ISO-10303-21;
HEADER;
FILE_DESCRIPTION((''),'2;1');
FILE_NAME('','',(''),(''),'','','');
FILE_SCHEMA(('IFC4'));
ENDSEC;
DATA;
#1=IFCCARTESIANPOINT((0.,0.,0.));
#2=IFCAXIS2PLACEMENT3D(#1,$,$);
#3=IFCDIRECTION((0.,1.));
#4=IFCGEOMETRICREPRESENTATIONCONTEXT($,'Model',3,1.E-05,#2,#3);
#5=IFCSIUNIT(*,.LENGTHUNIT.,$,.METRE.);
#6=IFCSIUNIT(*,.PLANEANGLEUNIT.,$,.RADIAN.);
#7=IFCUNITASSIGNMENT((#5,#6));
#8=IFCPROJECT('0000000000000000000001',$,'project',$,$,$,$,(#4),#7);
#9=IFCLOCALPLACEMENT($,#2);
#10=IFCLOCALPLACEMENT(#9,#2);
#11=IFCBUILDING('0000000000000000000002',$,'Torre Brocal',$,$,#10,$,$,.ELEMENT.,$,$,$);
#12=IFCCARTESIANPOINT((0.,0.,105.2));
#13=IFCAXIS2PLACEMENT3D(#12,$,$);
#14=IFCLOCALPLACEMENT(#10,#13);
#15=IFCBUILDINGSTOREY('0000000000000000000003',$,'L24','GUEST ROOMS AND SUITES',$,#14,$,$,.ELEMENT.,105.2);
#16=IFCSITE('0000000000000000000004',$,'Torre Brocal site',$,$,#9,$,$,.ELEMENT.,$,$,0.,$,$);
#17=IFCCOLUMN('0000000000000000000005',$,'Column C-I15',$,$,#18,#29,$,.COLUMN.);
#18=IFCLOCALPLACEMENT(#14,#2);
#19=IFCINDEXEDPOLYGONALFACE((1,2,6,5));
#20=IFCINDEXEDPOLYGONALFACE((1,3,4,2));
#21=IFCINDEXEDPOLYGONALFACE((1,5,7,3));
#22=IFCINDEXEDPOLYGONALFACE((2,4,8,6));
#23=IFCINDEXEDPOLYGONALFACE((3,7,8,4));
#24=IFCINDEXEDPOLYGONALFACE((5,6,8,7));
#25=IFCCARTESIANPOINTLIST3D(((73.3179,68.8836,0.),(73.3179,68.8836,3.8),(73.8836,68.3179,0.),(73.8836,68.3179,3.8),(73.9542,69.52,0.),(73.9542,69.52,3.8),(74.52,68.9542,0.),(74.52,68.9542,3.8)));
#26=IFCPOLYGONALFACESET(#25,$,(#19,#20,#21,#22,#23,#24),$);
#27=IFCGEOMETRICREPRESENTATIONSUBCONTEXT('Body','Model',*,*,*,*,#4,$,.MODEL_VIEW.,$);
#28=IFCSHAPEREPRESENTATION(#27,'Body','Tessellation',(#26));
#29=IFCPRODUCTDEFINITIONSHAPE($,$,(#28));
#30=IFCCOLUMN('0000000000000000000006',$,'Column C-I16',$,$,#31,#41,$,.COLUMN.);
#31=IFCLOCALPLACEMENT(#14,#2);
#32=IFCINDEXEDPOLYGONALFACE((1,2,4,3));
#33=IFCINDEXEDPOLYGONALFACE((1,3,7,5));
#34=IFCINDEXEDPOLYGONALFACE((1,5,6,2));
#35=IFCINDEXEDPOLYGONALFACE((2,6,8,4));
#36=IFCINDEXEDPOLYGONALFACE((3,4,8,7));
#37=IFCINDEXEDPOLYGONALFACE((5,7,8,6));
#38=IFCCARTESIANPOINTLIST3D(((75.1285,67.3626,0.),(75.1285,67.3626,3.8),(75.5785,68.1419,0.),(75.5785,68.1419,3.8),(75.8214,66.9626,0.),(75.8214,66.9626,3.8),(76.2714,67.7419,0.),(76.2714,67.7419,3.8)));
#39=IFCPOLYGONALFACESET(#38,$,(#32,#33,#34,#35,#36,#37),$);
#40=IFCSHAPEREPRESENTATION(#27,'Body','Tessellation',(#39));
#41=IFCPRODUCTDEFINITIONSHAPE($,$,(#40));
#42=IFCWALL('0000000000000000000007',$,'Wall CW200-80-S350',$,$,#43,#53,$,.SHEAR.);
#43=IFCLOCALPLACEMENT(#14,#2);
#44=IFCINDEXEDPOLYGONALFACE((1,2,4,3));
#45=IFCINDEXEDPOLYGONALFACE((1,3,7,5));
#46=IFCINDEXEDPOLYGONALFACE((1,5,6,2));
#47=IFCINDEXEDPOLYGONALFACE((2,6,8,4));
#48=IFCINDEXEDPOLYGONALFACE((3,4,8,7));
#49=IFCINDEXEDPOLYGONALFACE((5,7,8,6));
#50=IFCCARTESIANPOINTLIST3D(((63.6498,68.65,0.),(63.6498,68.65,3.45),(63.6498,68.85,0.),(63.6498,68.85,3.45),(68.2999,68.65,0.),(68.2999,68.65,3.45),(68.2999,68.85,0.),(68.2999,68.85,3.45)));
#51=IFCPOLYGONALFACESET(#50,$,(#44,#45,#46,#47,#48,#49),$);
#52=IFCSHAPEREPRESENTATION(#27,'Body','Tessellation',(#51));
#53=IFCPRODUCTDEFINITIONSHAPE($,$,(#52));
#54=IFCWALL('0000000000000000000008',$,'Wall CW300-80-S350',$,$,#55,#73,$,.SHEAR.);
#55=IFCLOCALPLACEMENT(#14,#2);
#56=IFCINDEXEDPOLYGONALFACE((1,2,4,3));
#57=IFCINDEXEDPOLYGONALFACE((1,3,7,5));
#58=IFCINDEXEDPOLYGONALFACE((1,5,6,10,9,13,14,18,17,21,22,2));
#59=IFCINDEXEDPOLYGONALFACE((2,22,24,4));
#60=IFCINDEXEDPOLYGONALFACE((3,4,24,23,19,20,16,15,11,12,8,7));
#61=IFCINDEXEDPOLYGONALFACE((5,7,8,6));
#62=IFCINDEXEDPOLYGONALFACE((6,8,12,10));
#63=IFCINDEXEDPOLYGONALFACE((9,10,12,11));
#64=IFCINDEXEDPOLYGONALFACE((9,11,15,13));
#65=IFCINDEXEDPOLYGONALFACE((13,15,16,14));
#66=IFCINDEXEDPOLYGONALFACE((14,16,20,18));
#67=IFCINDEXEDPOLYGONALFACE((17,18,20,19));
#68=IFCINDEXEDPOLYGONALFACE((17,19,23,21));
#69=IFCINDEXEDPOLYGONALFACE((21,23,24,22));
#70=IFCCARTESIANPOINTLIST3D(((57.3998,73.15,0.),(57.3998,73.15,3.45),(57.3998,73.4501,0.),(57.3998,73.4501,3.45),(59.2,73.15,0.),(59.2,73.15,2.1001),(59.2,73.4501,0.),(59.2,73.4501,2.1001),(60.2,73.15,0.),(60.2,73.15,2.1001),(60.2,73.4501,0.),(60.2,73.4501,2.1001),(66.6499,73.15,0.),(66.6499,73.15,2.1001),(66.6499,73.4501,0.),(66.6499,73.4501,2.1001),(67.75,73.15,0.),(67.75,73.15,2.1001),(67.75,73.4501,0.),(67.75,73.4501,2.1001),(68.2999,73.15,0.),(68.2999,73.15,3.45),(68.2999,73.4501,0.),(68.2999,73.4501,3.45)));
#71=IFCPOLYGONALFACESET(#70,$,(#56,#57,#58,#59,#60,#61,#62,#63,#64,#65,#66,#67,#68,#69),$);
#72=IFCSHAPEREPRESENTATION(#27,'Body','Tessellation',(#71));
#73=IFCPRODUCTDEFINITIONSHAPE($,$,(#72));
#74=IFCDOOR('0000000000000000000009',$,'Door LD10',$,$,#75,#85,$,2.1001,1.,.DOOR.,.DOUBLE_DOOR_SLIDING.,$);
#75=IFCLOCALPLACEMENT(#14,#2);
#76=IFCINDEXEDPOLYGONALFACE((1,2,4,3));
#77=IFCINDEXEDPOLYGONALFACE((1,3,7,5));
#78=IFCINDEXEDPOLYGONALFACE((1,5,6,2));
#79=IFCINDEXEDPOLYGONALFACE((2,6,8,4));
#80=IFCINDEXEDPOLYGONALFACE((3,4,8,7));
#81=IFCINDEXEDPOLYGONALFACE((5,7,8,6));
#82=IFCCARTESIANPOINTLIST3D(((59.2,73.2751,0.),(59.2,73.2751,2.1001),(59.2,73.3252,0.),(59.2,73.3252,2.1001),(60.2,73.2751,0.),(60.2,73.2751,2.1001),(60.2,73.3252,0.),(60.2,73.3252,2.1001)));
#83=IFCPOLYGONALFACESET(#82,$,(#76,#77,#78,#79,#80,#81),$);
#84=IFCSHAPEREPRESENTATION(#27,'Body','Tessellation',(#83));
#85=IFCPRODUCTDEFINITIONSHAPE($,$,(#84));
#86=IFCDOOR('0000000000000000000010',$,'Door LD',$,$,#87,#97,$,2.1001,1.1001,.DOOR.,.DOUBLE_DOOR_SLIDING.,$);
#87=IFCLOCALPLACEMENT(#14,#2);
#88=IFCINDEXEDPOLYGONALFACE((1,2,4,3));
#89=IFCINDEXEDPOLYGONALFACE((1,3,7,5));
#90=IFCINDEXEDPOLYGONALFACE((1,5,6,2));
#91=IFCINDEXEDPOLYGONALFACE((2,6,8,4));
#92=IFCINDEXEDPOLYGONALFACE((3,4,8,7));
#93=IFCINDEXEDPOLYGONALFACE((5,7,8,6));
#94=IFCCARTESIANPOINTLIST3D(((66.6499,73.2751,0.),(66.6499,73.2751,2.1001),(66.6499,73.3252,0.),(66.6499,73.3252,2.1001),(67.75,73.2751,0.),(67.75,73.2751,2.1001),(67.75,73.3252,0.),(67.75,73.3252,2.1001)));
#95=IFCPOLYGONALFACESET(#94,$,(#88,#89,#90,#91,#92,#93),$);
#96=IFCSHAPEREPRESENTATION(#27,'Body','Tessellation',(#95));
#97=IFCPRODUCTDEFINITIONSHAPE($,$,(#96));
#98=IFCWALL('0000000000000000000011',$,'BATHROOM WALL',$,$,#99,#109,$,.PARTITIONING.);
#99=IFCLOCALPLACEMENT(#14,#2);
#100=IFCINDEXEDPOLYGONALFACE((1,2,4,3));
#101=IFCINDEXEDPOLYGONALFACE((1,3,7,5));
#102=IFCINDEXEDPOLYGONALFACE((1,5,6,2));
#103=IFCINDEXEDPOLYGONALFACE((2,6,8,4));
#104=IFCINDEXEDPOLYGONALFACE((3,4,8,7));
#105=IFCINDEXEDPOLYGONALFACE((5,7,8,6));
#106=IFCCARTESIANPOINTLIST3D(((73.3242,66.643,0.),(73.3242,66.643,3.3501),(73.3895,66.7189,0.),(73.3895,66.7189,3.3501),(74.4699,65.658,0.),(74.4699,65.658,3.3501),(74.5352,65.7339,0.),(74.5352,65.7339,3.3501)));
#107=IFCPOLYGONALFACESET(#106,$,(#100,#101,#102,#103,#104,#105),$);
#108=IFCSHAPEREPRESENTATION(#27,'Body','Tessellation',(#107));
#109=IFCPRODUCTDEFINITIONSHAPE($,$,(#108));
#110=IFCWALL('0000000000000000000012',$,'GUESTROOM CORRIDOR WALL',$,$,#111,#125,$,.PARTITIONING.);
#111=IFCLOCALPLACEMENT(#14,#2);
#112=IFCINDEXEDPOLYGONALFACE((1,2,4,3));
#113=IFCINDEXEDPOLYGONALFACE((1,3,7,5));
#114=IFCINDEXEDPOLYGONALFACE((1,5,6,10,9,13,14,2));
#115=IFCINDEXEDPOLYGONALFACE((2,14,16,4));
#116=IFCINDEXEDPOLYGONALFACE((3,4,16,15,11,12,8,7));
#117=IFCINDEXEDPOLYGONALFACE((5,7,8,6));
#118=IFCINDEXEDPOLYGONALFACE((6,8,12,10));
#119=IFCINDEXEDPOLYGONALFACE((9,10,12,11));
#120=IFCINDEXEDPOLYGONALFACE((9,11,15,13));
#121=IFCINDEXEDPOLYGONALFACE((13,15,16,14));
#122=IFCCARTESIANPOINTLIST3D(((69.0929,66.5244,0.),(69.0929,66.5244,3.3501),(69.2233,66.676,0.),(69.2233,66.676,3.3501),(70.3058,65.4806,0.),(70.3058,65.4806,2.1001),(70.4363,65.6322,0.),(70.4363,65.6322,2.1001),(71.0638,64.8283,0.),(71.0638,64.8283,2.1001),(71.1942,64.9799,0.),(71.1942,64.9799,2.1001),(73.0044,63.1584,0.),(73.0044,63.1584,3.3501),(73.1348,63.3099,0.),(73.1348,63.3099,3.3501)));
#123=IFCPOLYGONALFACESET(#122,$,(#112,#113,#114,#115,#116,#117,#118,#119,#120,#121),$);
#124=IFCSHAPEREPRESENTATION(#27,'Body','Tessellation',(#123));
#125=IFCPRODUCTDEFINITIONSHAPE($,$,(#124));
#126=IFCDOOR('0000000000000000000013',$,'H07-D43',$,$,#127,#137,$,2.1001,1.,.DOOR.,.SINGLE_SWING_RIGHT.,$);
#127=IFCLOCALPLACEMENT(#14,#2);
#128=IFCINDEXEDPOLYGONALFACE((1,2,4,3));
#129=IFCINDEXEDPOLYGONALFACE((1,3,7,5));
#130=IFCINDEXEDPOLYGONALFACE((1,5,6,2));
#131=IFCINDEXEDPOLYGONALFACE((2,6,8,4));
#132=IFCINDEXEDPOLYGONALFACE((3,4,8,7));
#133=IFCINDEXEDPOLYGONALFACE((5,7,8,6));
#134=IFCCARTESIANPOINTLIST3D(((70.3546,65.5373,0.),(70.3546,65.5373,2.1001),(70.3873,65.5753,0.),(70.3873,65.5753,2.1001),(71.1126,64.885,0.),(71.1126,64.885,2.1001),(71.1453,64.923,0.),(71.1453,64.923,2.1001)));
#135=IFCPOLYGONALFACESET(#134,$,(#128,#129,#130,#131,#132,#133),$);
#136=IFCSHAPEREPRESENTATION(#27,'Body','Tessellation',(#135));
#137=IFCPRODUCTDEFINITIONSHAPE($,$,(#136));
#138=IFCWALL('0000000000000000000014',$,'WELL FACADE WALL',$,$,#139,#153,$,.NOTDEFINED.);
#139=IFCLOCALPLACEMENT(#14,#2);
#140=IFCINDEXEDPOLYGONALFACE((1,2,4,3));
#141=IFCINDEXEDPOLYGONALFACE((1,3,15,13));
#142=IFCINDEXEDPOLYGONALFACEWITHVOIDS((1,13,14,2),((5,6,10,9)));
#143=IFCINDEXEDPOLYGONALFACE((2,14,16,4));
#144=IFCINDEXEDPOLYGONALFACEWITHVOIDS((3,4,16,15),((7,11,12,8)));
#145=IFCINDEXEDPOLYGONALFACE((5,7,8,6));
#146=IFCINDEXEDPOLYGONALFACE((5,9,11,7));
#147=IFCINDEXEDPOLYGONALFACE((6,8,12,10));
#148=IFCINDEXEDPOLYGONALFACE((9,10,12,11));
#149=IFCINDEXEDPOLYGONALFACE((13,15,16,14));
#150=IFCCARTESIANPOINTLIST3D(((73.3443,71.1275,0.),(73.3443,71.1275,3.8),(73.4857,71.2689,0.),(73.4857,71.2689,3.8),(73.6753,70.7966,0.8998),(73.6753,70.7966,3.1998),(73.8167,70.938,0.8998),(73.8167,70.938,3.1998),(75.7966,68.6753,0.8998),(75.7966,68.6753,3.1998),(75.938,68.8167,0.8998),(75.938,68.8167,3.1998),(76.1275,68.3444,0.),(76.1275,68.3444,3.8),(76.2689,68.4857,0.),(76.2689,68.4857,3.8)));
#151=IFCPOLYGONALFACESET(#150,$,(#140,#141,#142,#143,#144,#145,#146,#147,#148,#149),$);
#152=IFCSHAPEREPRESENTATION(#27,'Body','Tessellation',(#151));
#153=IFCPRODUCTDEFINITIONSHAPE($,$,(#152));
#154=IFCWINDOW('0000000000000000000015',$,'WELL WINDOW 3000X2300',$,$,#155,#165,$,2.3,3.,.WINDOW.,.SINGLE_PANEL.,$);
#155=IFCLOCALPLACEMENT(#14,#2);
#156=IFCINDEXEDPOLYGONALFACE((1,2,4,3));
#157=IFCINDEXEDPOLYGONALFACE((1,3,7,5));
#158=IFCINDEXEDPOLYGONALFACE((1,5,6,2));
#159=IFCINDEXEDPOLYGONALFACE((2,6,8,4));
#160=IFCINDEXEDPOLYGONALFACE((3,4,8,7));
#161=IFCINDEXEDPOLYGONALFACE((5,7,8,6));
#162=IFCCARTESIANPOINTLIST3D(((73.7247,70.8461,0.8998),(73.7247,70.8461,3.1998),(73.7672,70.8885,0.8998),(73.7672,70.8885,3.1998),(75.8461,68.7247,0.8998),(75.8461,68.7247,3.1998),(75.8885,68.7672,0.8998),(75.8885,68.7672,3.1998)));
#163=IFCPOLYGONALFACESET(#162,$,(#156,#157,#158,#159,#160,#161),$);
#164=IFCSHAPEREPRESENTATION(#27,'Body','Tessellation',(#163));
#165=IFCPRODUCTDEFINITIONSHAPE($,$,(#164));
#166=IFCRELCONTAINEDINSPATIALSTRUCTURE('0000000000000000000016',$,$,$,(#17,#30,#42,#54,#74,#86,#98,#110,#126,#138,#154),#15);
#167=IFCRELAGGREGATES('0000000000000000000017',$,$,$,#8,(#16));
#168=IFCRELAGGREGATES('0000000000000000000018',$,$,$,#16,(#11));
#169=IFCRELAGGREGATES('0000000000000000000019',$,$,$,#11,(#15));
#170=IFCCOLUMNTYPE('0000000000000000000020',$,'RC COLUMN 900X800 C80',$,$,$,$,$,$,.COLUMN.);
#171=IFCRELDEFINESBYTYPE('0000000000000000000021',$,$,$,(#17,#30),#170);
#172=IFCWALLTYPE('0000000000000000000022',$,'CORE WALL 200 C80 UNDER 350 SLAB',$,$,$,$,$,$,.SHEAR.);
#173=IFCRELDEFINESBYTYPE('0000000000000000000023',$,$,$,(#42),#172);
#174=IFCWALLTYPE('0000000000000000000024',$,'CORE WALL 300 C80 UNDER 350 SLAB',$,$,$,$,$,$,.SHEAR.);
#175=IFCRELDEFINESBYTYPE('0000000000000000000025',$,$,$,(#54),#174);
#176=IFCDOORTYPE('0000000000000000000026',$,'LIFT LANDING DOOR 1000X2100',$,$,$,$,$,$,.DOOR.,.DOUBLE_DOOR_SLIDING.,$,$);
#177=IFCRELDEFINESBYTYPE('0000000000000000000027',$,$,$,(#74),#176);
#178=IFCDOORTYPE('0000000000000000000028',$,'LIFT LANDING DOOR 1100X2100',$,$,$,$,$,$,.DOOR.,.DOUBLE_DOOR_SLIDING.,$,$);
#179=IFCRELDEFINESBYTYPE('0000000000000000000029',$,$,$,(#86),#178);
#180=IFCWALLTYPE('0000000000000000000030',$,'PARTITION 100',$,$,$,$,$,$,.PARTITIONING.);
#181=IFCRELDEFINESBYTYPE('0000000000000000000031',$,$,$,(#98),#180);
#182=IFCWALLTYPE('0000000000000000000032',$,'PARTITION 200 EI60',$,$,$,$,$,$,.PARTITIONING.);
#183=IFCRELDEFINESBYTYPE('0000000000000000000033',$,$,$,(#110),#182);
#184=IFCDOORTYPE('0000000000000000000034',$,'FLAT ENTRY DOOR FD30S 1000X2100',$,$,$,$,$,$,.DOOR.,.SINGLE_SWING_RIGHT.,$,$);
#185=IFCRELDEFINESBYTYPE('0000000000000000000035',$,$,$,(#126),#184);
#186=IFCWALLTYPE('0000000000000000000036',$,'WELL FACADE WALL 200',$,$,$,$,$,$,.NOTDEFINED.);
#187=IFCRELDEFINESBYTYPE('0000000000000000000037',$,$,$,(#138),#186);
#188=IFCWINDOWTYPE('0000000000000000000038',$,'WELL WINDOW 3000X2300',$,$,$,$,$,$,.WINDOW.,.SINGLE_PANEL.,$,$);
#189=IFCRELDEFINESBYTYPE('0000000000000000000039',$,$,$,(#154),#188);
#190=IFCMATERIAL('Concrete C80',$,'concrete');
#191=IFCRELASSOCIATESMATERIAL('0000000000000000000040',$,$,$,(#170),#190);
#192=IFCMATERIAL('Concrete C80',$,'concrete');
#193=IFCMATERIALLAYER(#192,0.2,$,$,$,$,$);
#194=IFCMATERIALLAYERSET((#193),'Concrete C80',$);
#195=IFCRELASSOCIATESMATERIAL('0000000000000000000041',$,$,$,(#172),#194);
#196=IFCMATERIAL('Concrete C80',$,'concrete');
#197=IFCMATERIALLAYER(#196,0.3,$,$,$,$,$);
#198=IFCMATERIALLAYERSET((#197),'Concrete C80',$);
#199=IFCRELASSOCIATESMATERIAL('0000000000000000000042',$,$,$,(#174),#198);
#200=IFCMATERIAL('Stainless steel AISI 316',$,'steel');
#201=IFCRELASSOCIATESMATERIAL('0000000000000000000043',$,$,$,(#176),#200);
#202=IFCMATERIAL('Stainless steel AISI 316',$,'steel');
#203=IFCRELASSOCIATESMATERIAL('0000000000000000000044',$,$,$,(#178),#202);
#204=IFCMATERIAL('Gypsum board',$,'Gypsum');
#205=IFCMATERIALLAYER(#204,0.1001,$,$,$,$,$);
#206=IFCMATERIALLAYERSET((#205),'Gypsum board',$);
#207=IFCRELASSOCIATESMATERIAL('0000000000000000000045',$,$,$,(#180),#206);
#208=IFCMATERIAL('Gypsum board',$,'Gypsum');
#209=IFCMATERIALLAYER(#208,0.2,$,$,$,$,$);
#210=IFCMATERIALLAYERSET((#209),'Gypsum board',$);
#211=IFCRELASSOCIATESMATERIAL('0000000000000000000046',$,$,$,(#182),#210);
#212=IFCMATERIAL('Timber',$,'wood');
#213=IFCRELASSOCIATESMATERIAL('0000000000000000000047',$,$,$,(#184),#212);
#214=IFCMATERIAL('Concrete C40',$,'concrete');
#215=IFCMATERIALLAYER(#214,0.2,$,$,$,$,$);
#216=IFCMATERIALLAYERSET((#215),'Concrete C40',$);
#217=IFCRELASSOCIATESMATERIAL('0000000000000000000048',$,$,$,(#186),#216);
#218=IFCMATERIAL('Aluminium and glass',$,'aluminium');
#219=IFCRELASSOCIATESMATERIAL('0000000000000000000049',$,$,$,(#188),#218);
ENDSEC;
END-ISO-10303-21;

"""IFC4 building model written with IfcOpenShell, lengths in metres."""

from ifc_helpers import new_model, si_unit, direction, frame, frame_2d, origin, origin_2d, place, context, subcontext, project, spatial, rectangle, extrude, material, layer, layer_set, material_profile, profile_set, type_object, element, fill, save


model = new_model("IFC4")

# Units and contexts
model_context = context("Model", 3, precision=1e-05, world=origin(), true_north=direction((0.0, 1.0)))
body_context = subcontext(model_context, "Body", "Model", "MODEL_VIEW")
ifc_project = project(units=[si_unit("LENGTHUNIT", "METRE"), si_unit("PLANEANGLEUNIT", "RADIAN")], contexts=[model_context])

# Site, building, storey
site_placement = place(None, origin())
site = spatial("IfcSite", under=ifc_project, at=site_placement, Name="Torre Brocal site", CompositionType="ELEMENT", RefElevation=0.0)
building_placement = place(site_placement, origin())
building = spatial("IfcBuilding", under=site, at=building_placement, Name="Torre Brocal", CompositionType="ELEMENT")
storey_placement = place(building_placement, frame((0.0, 0.0, 105.2)))
storey = spatial("IfcBuildingStorey", under=building, at=storey_placement, Name="L24", Description="GUEST ROOMS AND SUITES", CompositionType="ELEMENT", Elevation=105.2)

# Columns
ifc_material_1 = material(Name="Concrete C80", Category="concrete")
ifc_material_profile = material_profile(ifc_material_1, rectangle(XDim=0.8999, YDim=0.8, at=origin_2d()), Name="RC 900X800")
ifc_profile_set = profile_set([ifc_material_profile], Name="Concrete C80")
column_type = type_object("IfcColumnType", Name="RC COLUMN 900X800 C80", PredefinedType="COLUMN", material=ifc_profile_set)
for number, where, z_axis, x_axis, name in (
    (1, (73.9189, 68.9189, 0.0), (0.0, 0.0, 1.0), (-0.707107, -0.707107, 0.0), "Column C-I15"),
    (2, (75.7, 67.5522, 0.0), (0.0, 0.0, 1.0), (-0.5, -0.866025, 0.0), "Column C-I16"),
):
    element("IfcColumn", number, at=place(storey_placement, frame(where, z_axis=z_axis, x_axis=x_axis)), inside=storey, type_object=column_type, Name=name, PredefinedType="COLUMN", context=body_context, shape_type="SweptSolid", body=[
        extrude(rectangle(XDim=0.8999, YDim=0.8, at=origin_2d()), origin(), (0.0, 0.0, 1.0), 3.8),
    ])

# Wall
ifc_material_2 = material(Name="Concrete C80", Category="concrete")
ifc_layer_1 = layer(ifc_material_2, 0.2)
ifc_layer_set_1 = layer_set([ifc_layer_1], Name="Concrete C80")
wall_type_1 = type_object("IfcWallType", Name="CORE WALL 200 C80 UNDER 350 SLAB", PredefinedType="SHEAR", material=ifc_layer_set_1)
wall_1_placement = place(storey_placement, frame((68.3, 68.75, 0.0), z_axis=(0.0, 0.0, 1.0), x_axis=(-1.0, 0.0, 0.0)))
element("IfcWall", 3, at=wall_1_placement, inside=storey, type_object=wall_type_1, Name="Wall CW200-80-S350", PredefinedType="SHEAR", context=body_context, shape_type="SweptSolid", body=[
    extrude(rectangle(XDim=4.6501, YDim=0.2, at=frame_2d((2.3252, 0.0))), origin(), (0.0, 0.0, 1.0), 3.45),
])

# Wall, openings, doors
ifc_material_3 = material(Name="Concrete C80", Category="concrete")
ifc_layer_2 = layer(ifc_material_3, 0.3)
ifc_layer_set_2 = layer_set([ifc_layer_2], Name="Concrete C80")
wall_type_2 = type_object("IfcWallType", Name="CORE WALL 300 C80 UNDER 350 SLAB", PredefinedType="SHEAR", material=ifc_layer_set_2)
wall_2_placement = place(storey_placement, frame((68.3, 73.3, 0.0), z_axis=(0.0, 0.0, 1.0), x_axis=(-1.0, 0.0, 0.0)))
wall_2 = element("IfcWall", 4, at=wall_2_placement, inside=storey, type_object=wall_type_2, Name="Wall CW300-80-S350", PredefinedType="SHEAR", context=body_context, shape_type="SweptSolid", body=[
    extrude(rectangle(XDim=10.9001, YDim=0.3, at=frame_2d((5.4502, 0.0))), origin(), (0.0, 0.0, 1.0), 3.45),
])
opening_1_placement = place(wall_2_placement, frame((0.55, 0.0, 0.0)))
opening_1 = element("IfcOpeningElement", 5, at=opening_1_placement, cuts=wall_2, PredefinedType="OPENING", context=body_context, shape_type="SweptSolid", body=[
    extrude(rectangle(XDim=1.1001, YDim=2.1001, at=frame_2d((0.55, 1.05))), frame((0.0, 0.1599, 0.0), z_axis=(0.0, -1.0, 0.0), x_axis=(1.0, 0.0, 0.0)), (0.0, 0.0, 1.0), 0.3201),
])
opening_2_placement = place(wall_2_placement, frame((8.1001, 0.0, 0.0)))
opening_2 = element("IfcOpeningElement", 6, at=opening_2_placement, cuts=wall_2, PredefinedType="OPENING", context=body_context, shape_type="SweptSolid", body=[
    extrude(rectangle(XDim=1.0, YDim=2.1001, at=frame_2d((0.5, 1.05))), frame((0.0, 0.1599, 0.0), z_axis=(0.0, -1.0, 0.0), x_axis=(1.0, 0.0, 0.0)), (0.0, 0.0, 1.0), 0.3201),
])
ifc_material_4 = material(Name="Stainless steel AISI 316", Category="steel")
door_type_1 = type_object("IfcDoorType", Name="LIFT LANDING DOOR 1000X2100", OperationType="DOUBLE_DOOR_SLIDING", PredefinedType="DOOR", material=ifc_material_4)
door_1_placement = place(opening_2_placement, origin())
door_1 = element("IfcDoor", 7, at=door_1_placement, inside=storey, type_object=door_type_1, Name="Door LD10", OperationType="DOUBLE_DOOR_SLIDING", OverallHeight=2.1001, OverallWidth=1.0, PredefinedType="DOOR", context=body_context, shape_type="SweptSolid", body=[
    extrude(rectangle(XDim=1.0, YDim=2.1001, at=frame_2d((0.5, 1.05))), frame((0.0, 0.0249, 0.0), z_axis=(0.0, -1.0, 0.0), x_axis=(1.0, 0.0, 0.0)), (0.0, 0.0, 1.0), 0.05),
])
fill(opening_2, door_1)
ifc_material_5 = material(Name="Stainless steel AISI 316", Category="steel")
door_type_2 = type_object("IfcDoorType", Name="LIFT LANDING DOOR 1100X2100", OperationType="DOUBLE_DOOR_SLIDING", PredefinedType="DOOR", material=ifc_material_5)
door_2_placement = place(opening_1_placement, origin())
door_2 = element("IfcDoor", 8, at=door_2_placement, inside=storey, type_object=door_type_2, Name="Door LD", OperationType="DOUBLE_DOOR_SLIDING", OverallHeight=2.1001, OverallWidth=1.1001, PredefinedType="DOOR", context=body_context, shape_type="SweptSolid", body=[
    extrude(rectangle(XDim=1.1001, YDim=2.1001, at=frame_2d((0.55, 1.05))), frame((0.0, 0.0249, 0.0), z_axis=(0.0, -1.0, 0.0), x_axis=(1.0, 0.0, 0.0)), (0.0, 0.0, 1.0), 0.05),
])
fill(opening_1, door_2)

# Wall
ifc_material_6 = material(Name="Gypsum board", Category="Gypsum")
ifc_layer_3 = layer(ifc_material_6, 0.1001)
ifc_layer_set_3 = layer_set([ifc_layer_3], Name="Gypsum board")
wall_type_3 = type_object("IfcWallType", Name="PARTITION 100", PredefinedType="PARTITIONING", material=ifc_layer_set_3)
wall_3_placement = place(storey_placement, frame((73.3569, 66.6809, 0.0), z_axis=(0.0, 0.0, 1.0), x_axis=(0.758263, -0.651948, 0.0)))
element("IfcWall", 9, at=wall_3_placement, inside=storey, type_object=wall_type_3, Name="BATHROOM WALL", PredefinedType="PARTITIONING", context=body_context, shape_type="SweptSolid", body=[
    extrude(rectangle(XDim=1.511, YDim=0.1001, at=frame_2d((0.7554, 0.0))), origin(), (0.0, 0.0, 1.0), 3.3501),
])

# Wall, opening, door
ifc_material_7 = material(Name="Gypsum board", Category="Gypsum")
ifc_layer_4 = layer(ifc_material_7, 0.2)
ifc_layer_set_4 = layer_set([ifc_layer_4], Name="Gypsum board")
wall_type_4 = type_object("IfcWallType", Name="PARTITION 200 EI60", PredefinedType="PARTITIONING", material=ifc_layer_set_4)
wall_4_placement = place(storey_placement, frame((69.1582, 66.6001, 0.0), z_axis=(0.0, 0.0, 1.0), x_axis=(0.757976, -0.652282, 0.0)))
wall_4 = element("IfcWall", 10, at=wall_4_placement, inside=storey, type_object=wall_type_4, Name="GUESTROOM CORRIDOR WALL", PredefinedType="PARTITIONING", context=body_context, shape_type="SweptSolid", body=[
    extrude(rectangle(XDim=5.1604, YDim=0.2, at=frame_2d((2.5801, 0.0))), origin(), (0.0, 0.0, 1.0), 3.3501),
])
opening_3_placement = place(wall_4_placement, frame((1.6001, 0.0, 0.0)))
opening_3 = element("IfcOpeningElement", 11, at=opening_3_placement, cuts=wall_4, PredefinedType="OPENING", context=body_context, shape_type="SweptSolid", body=[
    extrude(rectangle(XDim=1.0, YDim=2.1001, at=frame_2d((0.5, 1.05))), frame((0.0, 0.1099, 0.0), z_axis=(0.0, -1.0, 0.0), x_axis=(1.0, 0.0, 0.0)), (0.0, 0.0, 1.0), 0.22),
])
ifc_material_8 = material(Name="Timber", Category="wood")
door_type_3 = type_object("IfcDoorType", Name="FLAT ENTRY DOOR FD30S 1000X2100", OperationType="SINGLE_SWING_RIGHT", PredefinedType="DOOR", material=ifc_material_8)
door_3_placement = place(opening_3_placement, origin())
door_3 = element("IfcDoor", 12, at=door_3_placement, inside=storey, type_object=door_type_3, Name="H07-D43", OperationType="SINGLE_SWING_RIGHT", OverallHeight=2.1001, OverallWidth=1.0, PredefinedType="DOOR", context=body_context, shape_type="SweptSolid", body=[
    extrude(rectangle(XDim=1.0, YDim=2.1001, at=frame_2d((0.5, 1.05))), frame((0.0, 0.0249, 0.0), z_axis=(0.0, -1.0, 0.0), x_axis=(1.0, 0.0, 0.0)), (0.0, 0.0, 1.0), 0.05),
])
fill(opening_3, door_3)

# Wall, opening, window
ifc_material_9 = material(Name="Concrete C40", Category="concrete")
ifc_layer_5 = layer(ifc_material_9, 0.2)
ifc_layer_set_5 = layer_set([ifc_layer_5], Name="Concrete C40")
wall_type_5 = type_object("IfcWallType", Name="WELL FACADE WALL 200", PredefinedType="NOTDEFINED", material=ifc_layer_set_5)
wall_5_placement = place(storey_placement, frame((73.415, 71.1982, 0.0), z_axis=(0.0, 0.0, 1.0), x_axis=(0.707107, -0.707107, 0.0)))
wall_5 = element("IfcWall", 13, at=wall_5_placement, inside=storey, type_object=wall_type_5, Name="WELL FACADE WALL", PredefinedType="NOTDEFINED", context=body_context, shape_type="SweptSolid", body=[
    extrude(rectangle(XDim=3.936, YDim=0.2, at=frame_2d((1.968, 0.0))), origin(), (0.0, 0.0, 1.0), 3.8),
])
opening_4_placement = place(wall_5_placement, frame((0.468, 0.0, 0.8999)))
opening_4 = element("IfcOpeningElement", 14, at=opening_4_placement, cuts=wall_5, PredefinedType="OPENING", context=body_context, shape_type="SweptSolid", body=[
    extrude(rectangle(XDim=3.0, YDim=2.3, at=frame_2d((1.5, 1.1499))), frame((0.0, 0.1099, 0.0), z_axis=(0.0, -1.0, 0.0), x_axis=(1.0, 0.0, 0.0)), (0.0, 0.0, 1.0), 0.22),
])
ifc_material_10 = material(Name="Aluminium and glass", Category="aluminium")
window_type = type_object("IfcWindowType", Name="WELL WINDOW 3000X2300", PartitioningType="SINGLE_PANEL", PredefinedType="WINDOW", material=ifc_material_10)
window_1_placement = place(opening_4_placement, origin())
window_1 = element("IfcWindow", 15, at=window_1_placement, inside=storey, type_object=window_type, Name="WELL WINDOW 3000X2300", OverallHeight=2.3, OverallWidth=3.0, PartitioningType="SINGLE_PANEL", PredefinedType="WINDOW", context=body_context, shape_type="SweptSolid", body=[
    extrude(rectangle(XDim=3.0, YDim=2.3, at=frame_2d((1.5, 1.1499))), frame((0.0, 0.03, 0.0), z_axis=(0.0, -1.0, 0.0), x_axis=(1.0, 0.0, 0.0)), (0.0, 0.0, 1.0), 0.0601),
])
fill(opening_4, window_1)

save(model, "model.ifc")
